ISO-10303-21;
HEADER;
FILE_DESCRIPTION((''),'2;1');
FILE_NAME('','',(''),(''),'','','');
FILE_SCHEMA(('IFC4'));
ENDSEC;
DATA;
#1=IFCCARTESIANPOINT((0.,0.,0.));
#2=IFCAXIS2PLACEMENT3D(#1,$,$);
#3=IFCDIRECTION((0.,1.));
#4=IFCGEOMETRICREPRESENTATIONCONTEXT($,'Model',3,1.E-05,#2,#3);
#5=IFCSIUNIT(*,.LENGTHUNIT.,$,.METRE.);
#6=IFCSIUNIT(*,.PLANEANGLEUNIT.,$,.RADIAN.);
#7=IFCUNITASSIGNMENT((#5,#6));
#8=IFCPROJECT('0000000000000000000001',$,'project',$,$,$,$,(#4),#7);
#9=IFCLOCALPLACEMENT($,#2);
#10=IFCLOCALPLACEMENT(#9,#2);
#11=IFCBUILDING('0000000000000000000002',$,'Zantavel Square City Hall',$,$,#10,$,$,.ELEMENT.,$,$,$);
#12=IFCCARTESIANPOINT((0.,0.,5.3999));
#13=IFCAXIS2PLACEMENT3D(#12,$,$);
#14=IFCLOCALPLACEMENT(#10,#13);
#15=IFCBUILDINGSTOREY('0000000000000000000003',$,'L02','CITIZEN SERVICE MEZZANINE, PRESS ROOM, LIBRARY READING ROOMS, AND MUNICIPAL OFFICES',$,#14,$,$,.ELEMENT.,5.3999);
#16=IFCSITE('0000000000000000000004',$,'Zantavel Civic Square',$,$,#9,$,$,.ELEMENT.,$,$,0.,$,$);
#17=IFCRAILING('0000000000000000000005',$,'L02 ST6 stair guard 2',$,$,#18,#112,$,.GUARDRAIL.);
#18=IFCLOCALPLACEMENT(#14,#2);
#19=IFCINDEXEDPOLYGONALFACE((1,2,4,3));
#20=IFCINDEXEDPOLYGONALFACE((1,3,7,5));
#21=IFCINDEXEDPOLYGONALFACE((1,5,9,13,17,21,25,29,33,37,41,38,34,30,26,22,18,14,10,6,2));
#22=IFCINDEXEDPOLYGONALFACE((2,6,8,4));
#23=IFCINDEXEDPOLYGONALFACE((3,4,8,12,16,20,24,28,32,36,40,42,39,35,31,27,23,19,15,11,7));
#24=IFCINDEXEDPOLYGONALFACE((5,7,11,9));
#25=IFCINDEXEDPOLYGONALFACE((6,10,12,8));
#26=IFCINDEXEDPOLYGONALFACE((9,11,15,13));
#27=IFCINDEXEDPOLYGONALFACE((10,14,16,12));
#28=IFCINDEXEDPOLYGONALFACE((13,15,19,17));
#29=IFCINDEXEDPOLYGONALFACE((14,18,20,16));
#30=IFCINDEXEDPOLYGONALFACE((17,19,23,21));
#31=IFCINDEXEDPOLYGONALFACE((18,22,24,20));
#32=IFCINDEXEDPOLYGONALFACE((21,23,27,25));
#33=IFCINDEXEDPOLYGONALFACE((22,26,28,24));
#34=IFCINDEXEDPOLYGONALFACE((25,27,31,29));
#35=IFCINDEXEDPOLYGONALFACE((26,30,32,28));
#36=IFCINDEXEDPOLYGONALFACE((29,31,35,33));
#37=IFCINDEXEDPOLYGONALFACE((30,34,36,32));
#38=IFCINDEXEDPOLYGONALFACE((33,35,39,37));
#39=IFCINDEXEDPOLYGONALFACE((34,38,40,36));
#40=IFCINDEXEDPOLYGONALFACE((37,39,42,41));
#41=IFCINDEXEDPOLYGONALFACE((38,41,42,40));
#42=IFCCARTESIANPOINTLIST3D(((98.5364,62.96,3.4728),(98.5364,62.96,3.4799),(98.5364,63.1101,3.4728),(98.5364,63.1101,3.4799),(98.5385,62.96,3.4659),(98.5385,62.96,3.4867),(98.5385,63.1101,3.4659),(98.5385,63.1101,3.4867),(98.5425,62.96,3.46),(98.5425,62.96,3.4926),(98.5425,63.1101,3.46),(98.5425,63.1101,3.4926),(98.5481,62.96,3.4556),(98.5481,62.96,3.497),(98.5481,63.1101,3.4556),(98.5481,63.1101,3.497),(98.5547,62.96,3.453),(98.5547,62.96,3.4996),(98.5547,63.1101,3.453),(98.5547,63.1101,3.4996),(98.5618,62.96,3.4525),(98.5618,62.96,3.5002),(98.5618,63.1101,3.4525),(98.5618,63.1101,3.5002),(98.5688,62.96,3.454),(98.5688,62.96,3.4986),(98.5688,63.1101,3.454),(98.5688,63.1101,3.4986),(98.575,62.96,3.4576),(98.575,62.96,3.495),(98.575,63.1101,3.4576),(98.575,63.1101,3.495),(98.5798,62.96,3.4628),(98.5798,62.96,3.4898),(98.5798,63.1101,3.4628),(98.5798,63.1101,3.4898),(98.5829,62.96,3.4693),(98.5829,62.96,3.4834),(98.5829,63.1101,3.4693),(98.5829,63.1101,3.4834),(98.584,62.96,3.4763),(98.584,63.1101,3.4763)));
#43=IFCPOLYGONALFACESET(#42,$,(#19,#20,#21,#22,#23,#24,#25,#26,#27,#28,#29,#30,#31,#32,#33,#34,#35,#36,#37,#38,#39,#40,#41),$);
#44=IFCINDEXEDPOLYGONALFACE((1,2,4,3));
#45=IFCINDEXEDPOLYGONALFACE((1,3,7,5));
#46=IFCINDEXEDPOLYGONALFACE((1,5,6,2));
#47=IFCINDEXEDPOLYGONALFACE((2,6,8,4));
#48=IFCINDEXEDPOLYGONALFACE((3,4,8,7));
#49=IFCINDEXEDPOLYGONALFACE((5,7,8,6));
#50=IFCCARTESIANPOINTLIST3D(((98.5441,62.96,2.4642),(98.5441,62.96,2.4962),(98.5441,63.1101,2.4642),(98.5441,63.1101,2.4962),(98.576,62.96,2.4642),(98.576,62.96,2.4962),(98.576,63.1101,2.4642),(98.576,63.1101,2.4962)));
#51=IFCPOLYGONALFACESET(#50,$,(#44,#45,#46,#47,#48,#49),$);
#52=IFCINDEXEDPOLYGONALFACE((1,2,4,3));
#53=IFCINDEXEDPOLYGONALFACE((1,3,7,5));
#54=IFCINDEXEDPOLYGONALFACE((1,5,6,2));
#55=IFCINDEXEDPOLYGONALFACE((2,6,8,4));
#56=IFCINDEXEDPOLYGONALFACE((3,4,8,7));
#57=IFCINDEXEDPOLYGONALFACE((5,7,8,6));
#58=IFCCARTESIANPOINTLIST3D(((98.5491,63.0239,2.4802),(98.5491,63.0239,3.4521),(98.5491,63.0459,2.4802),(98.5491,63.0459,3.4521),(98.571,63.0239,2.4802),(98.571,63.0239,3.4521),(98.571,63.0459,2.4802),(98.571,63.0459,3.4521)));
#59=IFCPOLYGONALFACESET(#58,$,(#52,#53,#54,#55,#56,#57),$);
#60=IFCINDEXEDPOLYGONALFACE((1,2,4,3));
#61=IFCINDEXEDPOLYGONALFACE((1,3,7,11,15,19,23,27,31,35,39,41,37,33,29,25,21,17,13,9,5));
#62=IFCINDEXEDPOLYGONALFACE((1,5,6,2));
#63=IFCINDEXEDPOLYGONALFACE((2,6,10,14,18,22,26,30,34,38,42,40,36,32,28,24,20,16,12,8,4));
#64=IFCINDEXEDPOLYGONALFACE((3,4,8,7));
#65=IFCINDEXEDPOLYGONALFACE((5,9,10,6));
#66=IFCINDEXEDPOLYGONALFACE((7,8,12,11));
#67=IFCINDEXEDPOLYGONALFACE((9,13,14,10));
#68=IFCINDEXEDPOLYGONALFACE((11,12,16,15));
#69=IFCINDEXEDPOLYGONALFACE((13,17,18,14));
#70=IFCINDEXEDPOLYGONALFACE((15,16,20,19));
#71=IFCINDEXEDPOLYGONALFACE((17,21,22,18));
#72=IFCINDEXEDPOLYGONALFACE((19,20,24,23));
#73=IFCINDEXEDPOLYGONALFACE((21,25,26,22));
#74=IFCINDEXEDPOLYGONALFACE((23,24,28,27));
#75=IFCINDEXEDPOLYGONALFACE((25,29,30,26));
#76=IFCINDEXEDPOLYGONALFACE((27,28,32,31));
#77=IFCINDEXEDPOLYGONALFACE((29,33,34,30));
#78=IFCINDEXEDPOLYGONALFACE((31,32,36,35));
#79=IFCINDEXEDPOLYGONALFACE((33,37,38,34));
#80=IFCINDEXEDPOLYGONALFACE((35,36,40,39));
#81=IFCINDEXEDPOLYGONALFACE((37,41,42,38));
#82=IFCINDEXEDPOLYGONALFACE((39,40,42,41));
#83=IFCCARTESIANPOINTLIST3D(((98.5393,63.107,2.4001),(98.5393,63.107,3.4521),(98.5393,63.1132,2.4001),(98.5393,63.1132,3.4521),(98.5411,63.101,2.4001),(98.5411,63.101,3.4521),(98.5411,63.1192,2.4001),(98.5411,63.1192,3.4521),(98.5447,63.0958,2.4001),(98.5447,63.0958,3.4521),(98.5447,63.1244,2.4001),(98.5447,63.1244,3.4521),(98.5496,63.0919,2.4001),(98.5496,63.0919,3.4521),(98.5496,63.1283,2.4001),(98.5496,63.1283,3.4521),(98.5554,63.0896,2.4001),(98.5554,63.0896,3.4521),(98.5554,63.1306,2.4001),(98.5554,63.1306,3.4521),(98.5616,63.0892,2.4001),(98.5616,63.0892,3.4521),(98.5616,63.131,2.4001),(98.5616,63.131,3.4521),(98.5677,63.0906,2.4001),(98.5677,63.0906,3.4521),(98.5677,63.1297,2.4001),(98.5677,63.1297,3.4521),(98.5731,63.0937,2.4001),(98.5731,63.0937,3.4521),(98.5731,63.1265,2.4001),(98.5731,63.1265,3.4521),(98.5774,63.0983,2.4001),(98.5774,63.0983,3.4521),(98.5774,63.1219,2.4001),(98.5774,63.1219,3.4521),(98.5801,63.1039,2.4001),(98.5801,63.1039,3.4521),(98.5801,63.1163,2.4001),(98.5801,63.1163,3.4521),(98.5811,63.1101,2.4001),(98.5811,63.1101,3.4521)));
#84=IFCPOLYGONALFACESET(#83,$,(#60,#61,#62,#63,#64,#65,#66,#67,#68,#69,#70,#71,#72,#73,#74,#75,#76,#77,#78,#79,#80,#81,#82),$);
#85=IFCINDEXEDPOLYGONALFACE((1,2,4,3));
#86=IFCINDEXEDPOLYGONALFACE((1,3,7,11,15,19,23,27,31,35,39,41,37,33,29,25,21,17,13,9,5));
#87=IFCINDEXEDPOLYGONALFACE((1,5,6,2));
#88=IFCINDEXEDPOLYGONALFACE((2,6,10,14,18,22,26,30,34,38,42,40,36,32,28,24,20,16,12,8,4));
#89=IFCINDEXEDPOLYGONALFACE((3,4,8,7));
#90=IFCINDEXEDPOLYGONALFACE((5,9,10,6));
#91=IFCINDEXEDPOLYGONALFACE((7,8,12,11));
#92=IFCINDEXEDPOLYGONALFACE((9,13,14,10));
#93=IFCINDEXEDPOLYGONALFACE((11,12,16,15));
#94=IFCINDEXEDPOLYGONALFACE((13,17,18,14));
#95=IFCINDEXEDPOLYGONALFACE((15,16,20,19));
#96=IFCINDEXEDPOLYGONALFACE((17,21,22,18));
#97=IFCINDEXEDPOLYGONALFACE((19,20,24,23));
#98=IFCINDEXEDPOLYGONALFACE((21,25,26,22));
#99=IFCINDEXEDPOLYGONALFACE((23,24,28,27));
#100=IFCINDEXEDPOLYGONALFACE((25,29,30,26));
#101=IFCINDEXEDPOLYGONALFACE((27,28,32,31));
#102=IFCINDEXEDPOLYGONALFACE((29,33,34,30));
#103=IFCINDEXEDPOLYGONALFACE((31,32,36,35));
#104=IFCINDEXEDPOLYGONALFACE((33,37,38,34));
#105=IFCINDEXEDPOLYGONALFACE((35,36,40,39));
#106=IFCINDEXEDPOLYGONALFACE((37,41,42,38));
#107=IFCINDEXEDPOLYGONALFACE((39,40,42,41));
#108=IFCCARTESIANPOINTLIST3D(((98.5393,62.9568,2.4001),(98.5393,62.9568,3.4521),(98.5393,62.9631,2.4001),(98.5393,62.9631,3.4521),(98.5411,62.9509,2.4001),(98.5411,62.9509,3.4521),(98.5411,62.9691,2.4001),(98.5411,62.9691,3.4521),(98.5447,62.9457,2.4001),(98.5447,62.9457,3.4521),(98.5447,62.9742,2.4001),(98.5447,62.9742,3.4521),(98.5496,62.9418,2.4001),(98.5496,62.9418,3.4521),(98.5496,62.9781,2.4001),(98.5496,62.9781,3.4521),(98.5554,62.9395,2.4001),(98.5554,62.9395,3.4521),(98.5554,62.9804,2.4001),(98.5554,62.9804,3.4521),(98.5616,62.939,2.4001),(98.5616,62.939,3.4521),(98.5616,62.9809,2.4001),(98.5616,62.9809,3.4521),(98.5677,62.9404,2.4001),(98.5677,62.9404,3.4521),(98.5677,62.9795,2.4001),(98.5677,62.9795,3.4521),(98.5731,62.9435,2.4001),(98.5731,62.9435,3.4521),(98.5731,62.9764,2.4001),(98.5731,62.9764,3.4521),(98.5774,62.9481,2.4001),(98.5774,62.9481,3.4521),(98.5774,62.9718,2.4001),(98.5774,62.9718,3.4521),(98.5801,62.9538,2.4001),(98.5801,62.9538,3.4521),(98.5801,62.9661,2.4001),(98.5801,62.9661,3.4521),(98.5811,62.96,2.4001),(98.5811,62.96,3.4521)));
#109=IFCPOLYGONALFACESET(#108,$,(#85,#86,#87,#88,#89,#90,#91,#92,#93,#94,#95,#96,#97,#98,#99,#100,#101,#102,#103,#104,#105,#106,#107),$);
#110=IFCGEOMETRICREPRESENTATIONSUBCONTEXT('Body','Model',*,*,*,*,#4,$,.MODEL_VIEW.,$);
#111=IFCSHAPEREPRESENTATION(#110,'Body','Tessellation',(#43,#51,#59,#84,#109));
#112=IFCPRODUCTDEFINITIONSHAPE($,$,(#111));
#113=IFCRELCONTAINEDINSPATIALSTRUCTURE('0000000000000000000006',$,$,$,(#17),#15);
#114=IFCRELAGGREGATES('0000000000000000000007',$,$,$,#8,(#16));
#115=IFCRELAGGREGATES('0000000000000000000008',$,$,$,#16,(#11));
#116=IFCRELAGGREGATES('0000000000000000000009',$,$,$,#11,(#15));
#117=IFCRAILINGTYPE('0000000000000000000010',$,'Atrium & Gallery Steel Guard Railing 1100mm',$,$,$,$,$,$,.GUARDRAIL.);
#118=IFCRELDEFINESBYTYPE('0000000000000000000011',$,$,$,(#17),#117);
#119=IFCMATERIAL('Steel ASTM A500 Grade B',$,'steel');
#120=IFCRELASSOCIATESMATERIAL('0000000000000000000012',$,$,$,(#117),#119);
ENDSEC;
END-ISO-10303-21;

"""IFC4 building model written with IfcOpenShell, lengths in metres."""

from ifc_helpers import new_model, si_unit, direction, frame, origin, origin_2d, place, context, subcontext, project, spatial, rectangle, circle, extrude, material, type_object, element, save


model = new_model("IFC4")

# Units and contexts
model_context = context("Model", 3, precision=1e-05, world=origin(), true_north=direction((0.0, 1.0)))
body_context = subcontext(model_context, "Body", "Model", "MODEL_VIEW")
ifc_project = project(units=[si_unit("LENGTHUNIT", "METRE"), si_unit("PLANEANGLEUNIT", "RADIAN")], contexts=[model_context])

# Site, building, storey
site_placement = place(None, origin())
site = spatial("IfcSite", under=ifc_project, at=site_placement, Name="Zantavel Civic Square", CompositionType="ELEMENT", RefElevation=0.0)
building_placement = place(site_placement, origin())
building = spatial("IfcBuilding", under=site, at=building_placement, Name="Zantavel Square City Hall", CompositionType="ELEMENT")
storey_placement = place(building_placement, frame((0.0, 0.0, 5.3999)))
storey = spatial("IfcBuildingStorey", under=building, at=storey_placement, Name="L02", Description="CITIZEN SERVICE MEZZANINE, PRESS ROOM, LIBRARY READING ROOMS, AND MUNICIPAL OFFICES", CompositionType="ELEMENT", Elevation=5.3999)

# Railing
ifc_material_1 = material(Name="Steel ASTM A500 Grade B", Category="steel")
railing_type_1 = type_object("IfcRailingType", Name="Atrium & Gallery Steel Guard Railing 1100mm", PredefinedType="GUARDRAIL", material=ifc_material_1)
railing_1_placement = place(storey_placement, frame((98.5601, 63.1101, 2.4001)))
element("IfcRailing", 1, at=railing_1_placement, inside=storey, type_object=railing_type_1, Name="L02 ST6 stair guard 2", PredefinedType="GUARDRAIL", context=body_context, shape_type="SweptSolid", body=[
    extrude(circle(Radius=0.0239, at=origin_2d()), frame((0.0, 0.0, 1.0762), z_axis=(0.0, -1.0, 0.0), x_axis=(1.0, 0.0, 0.0)), (0.0, 0.0, 1.0), 0.1501),
    extrude(rectangle(XDim=0.032, YDim=0.032, at=origin_2d()), frame((0.0, 0.0, 0.0801), z_axis=(0.0, -1.0, 0.0), x_axis=(1.0, 0.0, 0.0)), (0.0, 0.0, 1.0), 0.1501),
    extrude(rectangle(XDim=0.022, YDim=0.022, at=origin_2d()), frame((0.0, -0.0752, 0.0801)), (0.0, 0.0, 1.0), 0.9719),
    extrude(circle(Radius=0.021, at=origin_2d()), origin(), (0.0, 0.0, 1.0), 1.052),
    extrude(circle(Radius=0.021, at=origin_2d()), frame((0.0, -0.1501, 0.0)), (0.0, 0.0, 1.0), 1.052),
])

save(model, "model.ifc")
